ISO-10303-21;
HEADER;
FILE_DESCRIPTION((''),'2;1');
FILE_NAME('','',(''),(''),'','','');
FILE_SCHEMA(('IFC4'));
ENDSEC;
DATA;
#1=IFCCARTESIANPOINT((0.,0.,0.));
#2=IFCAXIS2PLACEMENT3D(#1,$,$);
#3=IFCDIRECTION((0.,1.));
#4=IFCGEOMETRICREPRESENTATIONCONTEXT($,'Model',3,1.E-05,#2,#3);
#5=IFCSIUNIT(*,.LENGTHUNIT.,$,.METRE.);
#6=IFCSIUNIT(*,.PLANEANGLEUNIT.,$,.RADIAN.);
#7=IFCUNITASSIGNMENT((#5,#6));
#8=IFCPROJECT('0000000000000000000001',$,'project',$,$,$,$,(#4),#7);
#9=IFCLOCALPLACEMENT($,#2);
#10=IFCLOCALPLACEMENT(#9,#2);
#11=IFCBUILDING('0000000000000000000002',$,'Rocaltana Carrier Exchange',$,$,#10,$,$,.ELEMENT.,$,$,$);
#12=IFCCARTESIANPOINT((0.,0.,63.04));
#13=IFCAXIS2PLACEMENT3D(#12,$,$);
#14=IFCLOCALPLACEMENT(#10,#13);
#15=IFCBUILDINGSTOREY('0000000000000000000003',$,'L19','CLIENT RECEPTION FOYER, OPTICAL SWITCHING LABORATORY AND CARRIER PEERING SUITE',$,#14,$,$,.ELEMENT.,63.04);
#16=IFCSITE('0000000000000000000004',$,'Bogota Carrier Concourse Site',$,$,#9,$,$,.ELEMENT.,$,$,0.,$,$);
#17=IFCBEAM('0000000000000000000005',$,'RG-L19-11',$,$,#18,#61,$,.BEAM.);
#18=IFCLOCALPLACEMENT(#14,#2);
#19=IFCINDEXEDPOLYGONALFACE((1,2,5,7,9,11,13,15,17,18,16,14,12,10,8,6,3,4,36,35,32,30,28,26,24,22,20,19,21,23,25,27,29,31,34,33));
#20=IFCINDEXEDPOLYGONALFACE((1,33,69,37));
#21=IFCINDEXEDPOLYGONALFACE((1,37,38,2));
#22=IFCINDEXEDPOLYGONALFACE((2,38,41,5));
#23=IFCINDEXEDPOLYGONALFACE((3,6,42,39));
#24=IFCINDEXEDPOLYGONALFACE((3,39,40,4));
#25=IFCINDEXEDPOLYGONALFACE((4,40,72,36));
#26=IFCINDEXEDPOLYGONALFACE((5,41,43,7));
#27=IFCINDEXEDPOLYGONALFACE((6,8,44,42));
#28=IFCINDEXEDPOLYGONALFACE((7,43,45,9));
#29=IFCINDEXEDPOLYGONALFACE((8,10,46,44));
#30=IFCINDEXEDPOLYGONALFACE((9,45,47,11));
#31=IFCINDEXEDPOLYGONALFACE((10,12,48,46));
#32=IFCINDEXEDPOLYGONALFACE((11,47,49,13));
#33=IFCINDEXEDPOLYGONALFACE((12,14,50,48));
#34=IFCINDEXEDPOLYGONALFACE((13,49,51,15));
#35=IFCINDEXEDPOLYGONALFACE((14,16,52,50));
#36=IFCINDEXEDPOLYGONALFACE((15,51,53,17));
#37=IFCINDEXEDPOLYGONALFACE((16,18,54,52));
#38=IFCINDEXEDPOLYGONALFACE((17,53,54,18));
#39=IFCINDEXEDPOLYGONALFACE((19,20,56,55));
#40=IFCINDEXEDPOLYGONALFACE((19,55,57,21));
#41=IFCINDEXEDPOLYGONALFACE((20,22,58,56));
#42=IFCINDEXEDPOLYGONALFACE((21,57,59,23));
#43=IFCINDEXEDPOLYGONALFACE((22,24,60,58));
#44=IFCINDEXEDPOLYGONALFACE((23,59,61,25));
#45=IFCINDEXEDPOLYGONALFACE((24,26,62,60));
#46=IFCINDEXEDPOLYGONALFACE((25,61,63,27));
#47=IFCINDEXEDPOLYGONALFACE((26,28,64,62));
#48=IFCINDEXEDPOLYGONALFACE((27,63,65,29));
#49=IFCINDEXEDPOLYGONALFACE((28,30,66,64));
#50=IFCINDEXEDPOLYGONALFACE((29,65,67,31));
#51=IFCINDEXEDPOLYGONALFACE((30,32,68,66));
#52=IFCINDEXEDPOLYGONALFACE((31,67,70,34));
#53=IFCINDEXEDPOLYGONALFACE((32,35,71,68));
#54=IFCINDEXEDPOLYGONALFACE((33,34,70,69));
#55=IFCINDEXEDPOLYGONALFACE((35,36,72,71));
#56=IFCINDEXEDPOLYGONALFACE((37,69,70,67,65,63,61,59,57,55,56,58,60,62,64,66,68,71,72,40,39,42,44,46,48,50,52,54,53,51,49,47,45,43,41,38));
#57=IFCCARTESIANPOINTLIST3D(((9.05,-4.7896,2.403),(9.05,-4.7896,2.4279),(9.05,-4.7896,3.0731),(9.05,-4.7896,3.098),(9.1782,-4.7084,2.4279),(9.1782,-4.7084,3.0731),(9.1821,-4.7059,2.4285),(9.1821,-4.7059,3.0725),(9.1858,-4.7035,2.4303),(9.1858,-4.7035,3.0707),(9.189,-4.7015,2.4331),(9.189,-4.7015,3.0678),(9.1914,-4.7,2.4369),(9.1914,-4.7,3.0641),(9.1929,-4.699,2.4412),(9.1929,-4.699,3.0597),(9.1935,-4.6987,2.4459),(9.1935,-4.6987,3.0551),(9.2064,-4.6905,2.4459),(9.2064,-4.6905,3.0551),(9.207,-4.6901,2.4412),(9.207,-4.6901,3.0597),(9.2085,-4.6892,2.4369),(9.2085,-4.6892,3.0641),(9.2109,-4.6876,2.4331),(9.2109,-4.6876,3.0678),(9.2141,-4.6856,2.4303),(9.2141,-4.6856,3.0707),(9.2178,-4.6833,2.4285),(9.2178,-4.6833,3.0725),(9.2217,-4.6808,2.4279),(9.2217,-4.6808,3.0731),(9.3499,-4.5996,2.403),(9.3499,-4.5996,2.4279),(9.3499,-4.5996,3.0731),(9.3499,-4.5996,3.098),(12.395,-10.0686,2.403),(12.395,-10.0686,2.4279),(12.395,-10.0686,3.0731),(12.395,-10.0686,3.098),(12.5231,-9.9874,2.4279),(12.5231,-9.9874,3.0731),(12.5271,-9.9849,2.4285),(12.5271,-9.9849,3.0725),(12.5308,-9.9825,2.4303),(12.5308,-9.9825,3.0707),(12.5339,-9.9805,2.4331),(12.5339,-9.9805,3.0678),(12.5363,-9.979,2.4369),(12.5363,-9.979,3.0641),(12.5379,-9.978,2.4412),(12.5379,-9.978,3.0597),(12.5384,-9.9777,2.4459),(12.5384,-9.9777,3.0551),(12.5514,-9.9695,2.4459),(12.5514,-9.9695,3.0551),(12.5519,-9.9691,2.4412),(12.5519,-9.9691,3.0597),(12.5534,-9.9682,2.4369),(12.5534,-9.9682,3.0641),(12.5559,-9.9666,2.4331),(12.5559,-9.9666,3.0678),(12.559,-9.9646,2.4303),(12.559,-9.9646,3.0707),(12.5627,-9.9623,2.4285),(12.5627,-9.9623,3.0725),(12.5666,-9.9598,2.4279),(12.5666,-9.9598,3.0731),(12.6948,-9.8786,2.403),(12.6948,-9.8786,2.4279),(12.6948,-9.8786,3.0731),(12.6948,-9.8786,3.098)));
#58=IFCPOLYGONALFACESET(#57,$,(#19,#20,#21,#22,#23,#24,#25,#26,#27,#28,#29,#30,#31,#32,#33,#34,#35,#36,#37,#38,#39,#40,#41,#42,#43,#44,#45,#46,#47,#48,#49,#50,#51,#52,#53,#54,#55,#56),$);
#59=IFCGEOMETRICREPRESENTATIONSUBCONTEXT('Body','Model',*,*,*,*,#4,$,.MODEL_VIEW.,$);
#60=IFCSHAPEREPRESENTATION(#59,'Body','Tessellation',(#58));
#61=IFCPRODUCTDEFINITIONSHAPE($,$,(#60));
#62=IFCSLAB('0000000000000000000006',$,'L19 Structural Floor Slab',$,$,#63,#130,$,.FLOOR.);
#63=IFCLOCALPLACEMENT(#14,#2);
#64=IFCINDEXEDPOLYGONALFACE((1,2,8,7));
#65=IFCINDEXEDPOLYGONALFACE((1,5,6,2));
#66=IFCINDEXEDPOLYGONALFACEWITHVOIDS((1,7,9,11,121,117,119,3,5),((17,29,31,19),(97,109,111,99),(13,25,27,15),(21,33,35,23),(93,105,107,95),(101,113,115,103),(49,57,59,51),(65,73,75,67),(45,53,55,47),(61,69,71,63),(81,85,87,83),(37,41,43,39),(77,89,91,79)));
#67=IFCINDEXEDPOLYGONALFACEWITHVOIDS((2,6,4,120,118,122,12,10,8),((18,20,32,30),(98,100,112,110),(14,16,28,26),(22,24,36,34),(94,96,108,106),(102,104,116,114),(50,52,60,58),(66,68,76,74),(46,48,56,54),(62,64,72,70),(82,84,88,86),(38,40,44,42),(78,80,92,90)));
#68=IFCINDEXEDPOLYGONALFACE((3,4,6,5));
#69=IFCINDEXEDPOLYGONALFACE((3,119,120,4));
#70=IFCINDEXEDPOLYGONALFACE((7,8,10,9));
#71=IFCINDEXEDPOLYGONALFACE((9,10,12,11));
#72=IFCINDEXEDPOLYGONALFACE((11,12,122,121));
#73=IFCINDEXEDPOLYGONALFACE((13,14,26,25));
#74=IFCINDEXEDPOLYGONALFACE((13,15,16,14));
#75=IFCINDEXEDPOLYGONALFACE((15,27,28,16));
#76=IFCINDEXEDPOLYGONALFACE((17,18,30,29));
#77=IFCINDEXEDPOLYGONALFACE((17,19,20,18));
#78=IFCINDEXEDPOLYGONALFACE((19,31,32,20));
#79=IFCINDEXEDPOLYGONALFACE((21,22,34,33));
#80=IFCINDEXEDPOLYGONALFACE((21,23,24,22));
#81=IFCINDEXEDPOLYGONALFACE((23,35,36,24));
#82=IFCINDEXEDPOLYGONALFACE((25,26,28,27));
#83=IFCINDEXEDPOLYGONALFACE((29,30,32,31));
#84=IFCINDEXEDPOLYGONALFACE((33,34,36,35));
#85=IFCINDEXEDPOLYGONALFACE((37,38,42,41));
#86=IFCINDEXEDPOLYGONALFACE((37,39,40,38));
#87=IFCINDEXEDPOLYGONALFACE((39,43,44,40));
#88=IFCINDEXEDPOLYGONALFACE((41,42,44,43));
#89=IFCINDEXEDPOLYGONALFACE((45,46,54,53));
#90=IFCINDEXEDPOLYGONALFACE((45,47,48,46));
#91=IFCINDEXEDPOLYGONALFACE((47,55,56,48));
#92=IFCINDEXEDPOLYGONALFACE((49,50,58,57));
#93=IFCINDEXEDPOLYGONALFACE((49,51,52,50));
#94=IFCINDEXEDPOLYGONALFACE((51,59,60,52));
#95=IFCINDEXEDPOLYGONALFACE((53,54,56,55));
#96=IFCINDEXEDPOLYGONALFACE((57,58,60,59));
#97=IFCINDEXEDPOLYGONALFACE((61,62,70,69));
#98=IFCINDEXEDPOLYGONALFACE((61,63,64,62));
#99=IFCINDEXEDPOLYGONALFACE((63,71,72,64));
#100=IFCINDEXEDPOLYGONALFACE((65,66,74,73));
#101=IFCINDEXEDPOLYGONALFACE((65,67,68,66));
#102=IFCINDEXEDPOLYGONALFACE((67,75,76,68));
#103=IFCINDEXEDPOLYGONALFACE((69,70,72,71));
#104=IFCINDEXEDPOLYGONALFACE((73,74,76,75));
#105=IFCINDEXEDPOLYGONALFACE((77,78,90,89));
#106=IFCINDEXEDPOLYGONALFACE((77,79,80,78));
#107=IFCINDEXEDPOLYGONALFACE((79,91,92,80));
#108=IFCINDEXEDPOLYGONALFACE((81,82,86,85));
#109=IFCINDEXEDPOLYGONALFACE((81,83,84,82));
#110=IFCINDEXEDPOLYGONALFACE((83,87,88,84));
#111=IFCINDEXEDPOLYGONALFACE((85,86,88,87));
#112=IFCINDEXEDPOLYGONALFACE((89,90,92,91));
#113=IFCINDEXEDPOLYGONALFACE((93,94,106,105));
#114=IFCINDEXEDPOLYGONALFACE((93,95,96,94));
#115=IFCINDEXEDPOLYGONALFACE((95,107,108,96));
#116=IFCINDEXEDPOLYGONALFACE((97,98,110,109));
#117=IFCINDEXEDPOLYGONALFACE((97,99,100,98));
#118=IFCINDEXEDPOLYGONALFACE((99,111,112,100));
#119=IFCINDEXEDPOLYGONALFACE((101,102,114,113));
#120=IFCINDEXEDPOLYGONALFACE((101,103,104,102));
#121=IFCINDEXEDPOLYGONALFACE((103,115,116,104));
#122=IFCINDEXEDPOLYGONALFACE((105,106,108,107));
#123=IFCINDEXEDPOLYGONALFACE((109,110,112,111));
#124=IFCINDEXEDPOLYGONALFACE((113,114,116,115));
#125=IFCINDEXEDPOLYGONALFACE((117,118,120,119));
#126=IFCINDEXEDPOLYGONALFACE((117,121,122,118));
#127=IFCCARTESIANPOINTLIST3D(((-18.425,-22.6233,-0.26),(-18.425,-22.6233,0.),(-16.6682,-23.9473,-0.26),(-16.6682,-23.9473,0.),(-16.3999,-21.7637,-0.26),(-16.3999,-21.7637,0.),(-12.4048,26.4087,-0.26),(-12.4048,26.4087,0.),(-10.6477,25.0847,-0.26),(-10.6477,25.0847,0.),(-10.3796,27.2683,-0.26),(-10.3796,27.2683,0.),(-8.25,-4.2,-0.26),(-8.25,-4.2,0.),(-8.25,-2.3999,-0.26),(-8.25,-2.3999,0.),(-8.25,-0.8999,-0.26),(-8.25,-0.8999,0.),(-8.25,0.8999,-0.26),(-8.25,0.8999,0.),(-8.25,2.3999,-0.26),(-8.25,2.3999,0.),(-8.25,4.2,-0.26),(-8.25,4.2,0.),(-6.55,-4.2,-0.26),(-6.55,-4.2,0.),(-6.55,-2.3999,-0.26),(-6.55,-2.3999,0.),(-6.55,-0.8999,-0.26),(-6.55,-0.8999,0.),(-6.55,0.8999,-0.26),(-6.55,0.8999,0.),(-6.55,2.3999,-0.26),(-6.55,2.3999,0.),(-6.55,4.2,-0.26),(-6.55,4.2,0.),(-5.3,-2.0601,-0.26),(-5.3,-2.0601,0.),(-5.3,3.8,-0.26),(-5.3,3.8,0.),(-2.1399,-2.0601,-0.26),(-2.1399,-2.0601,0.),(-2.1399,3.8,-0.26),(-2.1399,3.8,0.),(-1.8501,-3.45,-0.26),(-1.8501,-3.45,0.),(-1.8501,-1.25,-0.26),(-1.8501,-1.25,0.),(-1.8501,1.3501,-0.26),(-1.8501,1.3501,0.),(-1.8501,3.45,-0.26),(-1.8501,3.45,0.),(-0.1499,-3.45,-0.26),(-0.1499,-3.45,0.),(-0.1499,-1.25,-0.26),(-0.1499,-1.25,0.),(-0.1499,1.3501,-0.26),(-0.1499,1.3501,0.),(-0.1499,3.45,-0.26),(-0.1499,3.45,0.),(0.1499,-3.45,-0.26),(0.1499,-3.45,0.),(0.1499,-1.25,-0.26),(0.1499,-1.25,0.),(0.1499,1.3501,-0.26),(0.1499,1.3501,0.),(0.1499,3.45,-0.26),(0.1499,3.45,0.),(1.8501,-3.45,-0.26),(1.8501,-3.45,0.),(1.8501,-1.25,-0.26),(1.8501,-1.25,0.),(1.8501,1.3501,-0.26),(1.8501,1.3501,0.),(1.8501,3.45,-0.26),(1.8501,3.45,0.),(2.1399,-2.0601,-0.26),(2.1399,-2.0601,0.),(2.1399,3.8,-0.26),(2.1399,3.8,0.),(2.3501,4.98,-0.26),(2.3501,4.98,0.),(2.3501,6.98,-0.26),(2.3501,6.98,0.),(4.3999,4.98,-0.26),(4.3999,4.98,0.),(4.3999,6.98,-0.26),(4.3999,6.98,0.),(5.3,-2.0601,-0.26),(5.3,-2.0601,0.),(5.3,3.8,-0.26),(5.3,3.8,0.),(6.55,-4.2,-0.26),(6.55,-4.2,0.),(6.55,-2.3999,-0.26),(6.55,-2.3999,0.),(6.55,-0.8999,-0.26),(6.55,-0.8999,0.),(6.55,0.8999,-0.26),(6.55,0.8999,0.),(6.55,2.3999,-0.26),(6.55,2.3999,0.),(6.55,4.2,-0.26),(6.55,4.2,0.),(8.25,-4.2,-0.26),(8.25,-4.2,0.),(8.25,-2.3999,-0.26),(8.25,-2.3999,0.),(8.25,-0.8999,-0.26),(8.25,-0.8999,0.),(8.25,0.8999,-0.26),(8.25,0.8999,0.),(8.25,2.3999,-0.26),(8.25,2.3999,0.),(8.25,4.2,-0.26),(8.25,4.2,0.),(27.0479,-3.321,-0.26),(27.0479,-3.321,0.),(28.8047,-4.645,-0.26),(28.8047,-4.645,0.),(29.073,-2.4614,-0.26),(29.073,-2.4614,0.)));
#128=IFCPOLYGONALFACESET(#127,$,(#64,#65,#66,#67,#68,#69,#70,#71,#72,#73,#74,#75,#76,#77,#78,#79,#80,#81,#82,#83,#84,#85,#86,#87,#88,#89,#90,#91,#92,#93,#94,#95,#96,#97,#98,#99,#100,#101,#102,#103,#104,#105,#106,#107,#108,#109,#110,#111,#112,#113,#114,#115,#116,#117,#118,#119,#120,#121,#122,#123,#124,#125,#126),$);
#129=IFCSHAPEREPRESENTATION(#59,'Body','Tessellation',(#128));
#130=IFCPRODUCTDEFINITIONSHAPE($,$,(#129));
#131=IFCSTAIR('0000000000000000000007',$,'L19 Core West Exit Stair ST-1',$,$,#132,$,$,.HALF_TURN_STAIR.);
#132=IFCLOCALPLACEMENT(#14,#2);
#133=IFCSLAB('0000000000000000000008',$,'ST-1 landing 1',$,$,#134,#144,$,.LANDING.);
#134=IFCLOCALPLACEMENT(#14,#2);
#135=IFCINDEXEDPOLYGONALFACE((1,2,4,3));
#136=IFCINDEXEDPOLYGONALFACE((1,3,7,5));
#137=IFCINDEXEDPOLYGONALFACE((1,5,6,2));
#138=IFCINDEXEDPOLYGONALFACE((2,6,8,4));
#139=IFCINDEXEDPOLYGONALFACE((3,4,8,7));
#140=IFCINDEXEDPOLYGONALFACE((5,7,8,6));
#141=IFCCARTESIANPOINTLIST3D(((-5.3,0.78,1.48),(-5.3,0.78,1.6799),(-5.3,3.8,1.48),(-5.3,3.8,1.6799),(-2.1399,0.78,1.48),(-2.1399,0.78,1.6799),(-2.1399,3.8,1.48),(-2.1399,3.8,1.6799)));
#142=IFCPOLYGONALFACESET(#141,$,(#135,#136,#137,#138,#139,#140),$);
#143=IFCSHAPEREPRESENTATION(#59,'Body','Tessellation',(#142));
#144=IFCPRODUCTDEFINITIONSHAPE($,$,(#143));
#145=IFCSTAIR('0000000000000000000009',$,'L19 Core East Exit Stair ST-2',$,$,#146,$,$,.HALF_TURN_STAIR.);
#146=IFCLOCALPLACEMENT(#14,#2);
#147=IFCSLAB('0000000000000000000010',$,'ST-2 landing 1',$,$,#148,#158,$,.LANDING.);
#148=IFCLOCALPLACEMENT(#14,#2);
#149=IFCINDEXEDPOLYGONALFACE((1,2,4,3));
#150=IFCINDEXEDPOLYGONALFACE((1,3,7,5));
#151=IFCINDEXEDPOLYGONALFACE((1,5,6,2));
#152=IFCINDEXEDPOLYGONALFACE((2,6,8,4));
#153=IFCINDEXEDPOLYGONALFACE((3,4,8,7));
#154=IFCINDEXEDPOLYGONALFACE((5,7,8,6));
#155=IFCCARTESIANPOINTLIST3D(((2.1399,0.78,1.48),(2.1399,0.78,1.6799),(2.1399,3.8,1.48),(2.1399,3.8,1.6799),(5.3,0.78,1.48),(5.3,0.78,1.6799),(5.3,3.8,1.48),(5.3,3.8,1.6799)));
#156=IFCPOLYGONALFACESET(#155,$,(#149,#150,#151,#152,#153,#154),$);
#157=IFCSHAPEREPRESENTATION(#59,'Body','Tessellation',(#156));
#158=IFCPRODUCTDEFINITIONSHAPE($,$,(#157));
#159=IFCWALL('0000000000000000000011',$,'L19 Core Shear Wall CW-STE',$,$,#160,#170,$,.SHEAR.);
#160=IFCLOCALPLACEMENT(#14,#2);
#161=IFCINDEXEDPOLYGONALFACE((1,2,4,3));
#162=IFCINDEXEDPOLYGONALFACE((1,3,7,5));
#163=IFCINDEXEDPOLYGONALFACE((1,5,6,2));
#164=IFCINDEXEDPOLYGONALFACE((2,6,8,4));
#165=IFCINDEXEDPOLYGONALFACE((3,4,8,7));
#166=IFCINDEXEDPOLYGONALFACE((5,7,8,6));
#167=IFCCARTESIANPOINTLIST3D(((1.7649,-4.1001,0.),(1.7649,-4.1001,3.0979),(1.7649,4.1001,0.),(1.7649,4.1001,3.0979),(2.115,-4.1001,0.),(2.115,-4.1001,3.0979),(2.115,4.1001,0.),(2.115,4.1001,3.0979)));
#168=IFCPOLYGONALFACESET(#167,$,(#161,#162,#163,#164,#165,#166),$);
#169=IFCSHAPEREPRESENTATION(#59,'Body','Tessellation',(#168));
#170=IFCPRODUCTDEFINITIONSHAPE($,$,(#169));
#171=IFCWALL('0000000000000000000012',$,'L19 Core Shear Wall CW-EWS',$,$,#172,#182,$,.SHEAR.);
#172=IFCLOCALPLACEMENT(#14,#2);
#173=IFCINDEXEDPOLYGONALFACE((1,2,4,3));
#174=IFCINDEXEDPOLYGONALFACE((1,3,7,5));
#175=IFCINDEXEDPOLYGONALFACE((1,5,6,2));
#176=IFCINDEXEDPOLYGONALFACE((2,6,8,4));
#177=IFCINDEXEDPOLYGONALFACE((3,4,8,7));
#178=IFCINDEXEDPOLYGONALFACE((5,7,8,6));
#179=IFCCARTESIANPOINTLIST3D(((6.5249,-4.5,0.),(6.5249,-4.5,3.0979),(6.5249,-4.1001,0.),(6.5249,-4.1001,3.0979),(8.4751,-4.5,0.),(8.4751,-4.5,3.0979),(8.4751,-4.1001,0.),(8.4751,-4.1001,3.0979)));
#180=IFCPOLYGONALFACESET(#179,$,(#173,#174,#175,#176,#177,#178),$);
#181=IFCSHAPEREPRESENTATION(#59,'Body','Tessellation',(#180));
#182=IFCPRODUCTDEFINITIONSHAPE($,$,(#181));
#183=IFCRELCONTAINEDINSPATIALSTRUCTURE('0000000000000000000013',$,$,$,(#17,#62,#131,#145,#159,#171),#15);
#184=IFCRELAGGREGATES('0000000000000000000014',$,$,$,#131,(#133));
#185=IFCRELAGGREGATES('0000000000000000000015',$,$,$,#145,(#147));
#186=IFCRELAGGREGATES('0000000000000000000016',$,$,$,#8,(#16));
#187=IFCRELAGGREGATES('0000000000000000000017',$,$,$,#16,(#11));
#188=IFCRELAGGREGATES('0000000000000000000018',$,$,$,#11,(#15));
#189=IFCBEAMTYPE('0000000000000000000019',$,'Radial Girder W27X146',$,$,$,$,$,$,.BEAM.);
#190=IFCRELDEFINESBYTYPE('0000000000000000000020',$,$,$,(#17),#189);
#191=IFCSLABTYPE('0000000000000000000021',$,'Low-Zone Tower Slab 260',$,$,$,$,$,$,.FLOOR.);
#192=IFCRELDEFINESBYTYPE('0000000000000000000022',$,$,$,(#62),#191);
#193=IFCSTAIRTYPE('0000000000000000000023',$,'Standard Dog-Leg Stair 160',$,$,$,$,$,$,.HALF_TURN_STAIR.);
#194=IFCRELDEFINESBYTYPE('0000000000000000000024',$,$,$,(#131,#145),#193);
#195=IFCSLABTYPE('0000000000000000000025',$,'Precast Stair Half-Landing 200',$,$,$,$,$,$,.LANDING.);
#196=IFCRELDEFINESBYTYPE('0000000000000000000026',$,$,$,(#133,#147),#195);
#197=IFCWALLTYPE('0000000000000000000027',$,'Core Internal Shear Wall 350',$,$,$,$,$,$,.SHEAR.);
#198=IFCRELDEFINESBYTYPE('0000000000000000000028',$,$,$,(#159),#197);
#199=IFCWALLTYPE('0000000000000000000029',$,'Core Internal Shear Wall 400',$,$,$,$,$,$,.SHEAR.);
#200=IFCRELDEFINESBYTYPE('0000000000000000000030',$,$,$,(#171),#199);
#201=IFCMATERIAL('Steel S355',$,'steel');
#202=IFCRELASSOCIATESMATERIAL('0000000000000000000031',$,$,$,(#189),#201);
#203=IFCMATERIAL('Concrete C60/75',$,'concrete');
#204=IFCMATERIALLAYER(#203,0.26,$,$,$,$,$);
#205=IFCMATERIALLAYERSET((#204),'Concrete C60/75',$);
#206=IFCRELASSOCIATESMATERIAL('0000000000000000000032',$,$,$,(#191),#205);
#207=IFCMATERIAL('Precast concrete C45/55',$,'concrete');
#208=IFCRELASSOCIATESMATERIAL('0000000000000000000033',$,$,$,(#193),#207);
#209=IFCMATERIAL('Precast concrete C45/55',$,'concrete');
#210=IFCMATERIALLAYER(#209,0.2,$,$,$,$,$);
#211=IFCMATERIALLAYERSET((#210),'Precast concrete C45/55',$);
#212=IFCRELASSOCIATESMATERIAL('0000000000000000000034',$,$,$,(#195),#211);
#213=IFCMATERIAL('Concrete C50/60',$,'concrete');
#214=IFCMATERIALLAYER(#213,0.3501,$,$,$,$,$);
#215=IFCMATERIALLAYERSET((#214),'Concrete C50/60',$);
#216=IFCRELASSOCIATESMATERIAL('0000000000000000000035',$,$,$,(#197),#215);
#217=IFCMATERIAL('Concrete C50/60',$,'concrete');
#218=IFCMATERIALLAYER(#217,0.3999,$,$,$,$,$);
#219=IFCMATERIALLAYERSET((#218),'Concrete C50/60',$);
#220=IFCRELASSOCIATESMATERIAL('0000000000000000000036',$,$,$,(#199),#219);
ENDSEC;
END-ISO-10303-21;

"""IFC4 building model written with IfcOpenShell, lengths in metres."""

from ifc_helpers import new_model, si_unit, direction, frame, frame_2d, origin, origin_2d, place, context, subcontext, project, spatial, polyline, rectangle, i_section, outline, extrude, material, layer, layer_set, material_profile, profile_set, type_object, element, aggregate, save


model = new_model("IFC4")

# Units and contexts
model_context = context("Model", 3, precision=1e-05, world=origin(), true_north=direction((0.0, 1.0)))
body_context = subcontext(model_context, "Body", "Model", "MODEL_VIEW")
ifc_project = project(units=[si_unit("LENGTHUNIT", "METRE"), si_unit("PLANEANGLEUNIT", "RADIAN")], contexts=[model_context])

# Site, building, storey
site_placement = place(None, origin())
site = spatial("IfcSite", under=ifc_project, at=site_placement, Name="Bogota Carrier Concourse Site", CompositionType="ELEMENT", RefElevation=0.0)
building_placement = place(site_placement, origin())
building = spatial("IfcBuilding", under=site, at=building_placement, Name="Rocaltana Carrier Exchange", CompositionType="ELEMENT")
storey_placement = place(building_placement, frame((0.0, 0.0, 63.04)))
storey = spatial("IfcBuildingStorey", under=building, at=storey_placement, Name="L19", Description="CLIENT RECEPTION FOYER, OPTICAL SWITCHING LABORATORY AND CARRIER PEERING SUITE", CompositionType="ELEMENT", Elevation=63.04)

# Beam
ifc_material_1 = material(Name="Steel S355", Category="steel")
ifc_material_profile_1 = material_profile(ifc_material_1, i_section(OverallWidth=0.355, OverallDepth=0.6951, WebThickness=0.0154, FlangeThickness=0.0249, FilletRadius=0.0181, at=origin_2d()), Name="W27X146")
ifc_profile_set_1 = profile_set([ifc_material_profile_1], Name="Steel S355")
beam_type = type_object("IfcBeamType", Name="Radial Girder W27X146", PredefinedType="BEAM", material=ifc_profile_set_1)
beam_placement = place(storey_placement, frame((9.2, -4.6946, 2.7505), z_axis=(0.535231, -0.844705, 0.0), x_axis=(0.844705, 0.535231, 0.0)))
element("IfcBeam", 1, at=beam_placement, inside=storey, type_object=beam_type, Name="RG-L19-11", PredefinedType="BEAM", context=body_context, shape_type="SweptSolid", body=[
    extrude(i_section(OverallWidth=0.355, OverallDepth=0.6951, WebThickness=0.0154, FlangeThickness=0.0249, FilletRadius=0.0181, at=origin_2d()), origin(), (0.0, 0.0, 1.0), 6.2495),
])

# Slab
ifc_material_2 = material(Name="Concrete C60/75", Category="concrete")
ifc_layer_1 = layer(ifc_material_2, 0.26)
ifc_layer_set_1 = layer_set([ifc_layer_1], Name="Concrete C60/75")
slab_type_1 = type_object("IfcSlabType", Name="Low-Zone Tower Slab 260", PredefinedType="FLOOR", material=ifc_layer_set_1)
slab_1_placement = place(storey_placement, frame((0.0, 0.0, -0.26)))
element("IfcSlab", 2, at=slab_1_placement, inside=storey, type_object=slab_type_1, Name="L19 Structural Floor Slab", PredefinedType="FLOOR", context=body_context, shape_type="SweptSolid", body=[
    extrude(outline(polyline([(28.8047, -4.645), (27.0479, -3.321), (29.073, -2.4614), (-10.3796, 27.2683), (-10.6477, 25.0847), (-12.4048, 26.4087), (-18.425, -22.6233), (-16.3999, -21.7637), (-16.6682, -23.9473), (28.8047, -4.645)]), holes=[polyline([(-5.3, -2.0601), (-2.1399, -2.0601), (-2.1399, 3.8), (-5.3, 3.8), (-5.3, -2.0601)]), polyline([(2.1399, -2.0601), (5.3, -2.0601), (5.3, 3.8), (2.1399, 3.8), (2.1399, -2.0601)]), polyline([(-1.8501, -3.45), (-0.1499, -3.45), (-0.1499, -1.25), (-1.8501, -1.25), (-1.8501, -3.45)]), polyline([(0.1499, -3.45), (1.8501, -3.45), (1.8501, -1.25), (0.1499, -1.25), (0.1499, -3.45)]), polyline([(2.3501, 4.98), (4.3999, 4.98), (4.3999, 6.98), (2.3501, 6.98), (2.3501, 4.98)]), polyline([(-1.8501, 1.3501), (-0.1499, 1.3501), (-0.1499, 3.45), (-1.8501, 3.45), (-1.8501, 1.3501)]), polyline([(0.1499, 1.3501), (1.8501, 1.3501), (1.8501, 3.45), (0.1499, 3.45), (0.1499, 1.3501)]), polyline([(-8.25, -4.2), (-6.55, -4.2), (-6.55, -2.3999), (-8.25, -2.3999), (-8.25, -4.2)]), polyline([(-8.25, -0.8999), (-6.55, -0.8999), (-6.55, 0.8999), (-8.25, 0.8999), (-8.25, -0.8999)]), polyline([(-8.25, 2.3999), (-6.55, 2.3999), (-6.55, 4.2), (-8.25, 4.2), (-8.25, 2.3999)]), polyline([(6.55, -4.2), (8.25, -4.2), (8.25, -2.3999), (6.55, -2.3999), (6.55, -4.2)]), polyline([(6.55, -0.8999), (8.25, -0.8999), (8.25, 0.8999), (6.55, 0.8999), (6.55, -0.8999)]), polyline([(6.55, 2.3999), (8.25, 2.3999), (8.25, 4.2), (6.55, 4.2), (6.55, 2.3999)])]), origin(), (0.0, 0.0, 1.0), 0.26),
])

# Stairs, slabs
ifc_material_3 = material(Name="Precast concrete C45/55", Category="concrete")
stair_type = type_object("IfcStairType", Name="Standard Dog-Leg Stair 160", PredefinedType="HALF_TURN_STAIR", material=ifc_material_3)
stair_1_placement = place(storey_placement, origin())
stair_1 = element("IfcStair", 3, at=stair_1_placement, inside=storey, type_object=stair_type, Name="L19 Core West Exit Stair ST-1", PredefinedType="HALF_TURN_STAIR")
ifc_material_4 = material(Name="Precast concrete C45/55", Category="concrete")
ifc_layer_2 = layer(ifc_material_4, 0.2)
ifc_layer_set_2 = layer_set([ifc_layer_2], Name="Precast concrete C45/55")
slab_type_2 = type_object("IfcSlabType", Name="Precast Stair Half-Landing 200", PredefinedType="LANDING", material=ifc_layer_set_2)
slab_2_placement = place(storey_placement, frame((0.0, 0.0, 1.48)))
slab_2 = element("IfcSlab", 4, at=slab_2_placement, type_object=slab_type_2, Name="ST-1 landing 1", PredefinedType="LANDING", context=body_context, shape_type="SweptSolid", body=[
    extrude(outline(polyline([(-2.1399, 0.78), (-2.1399, 3.8), (-5.3, 3.8), (-5.3, 0.78), (-2.1399, 0.78)])), origin(), (0.0, 0.0, 1.0), 0.2),
])
aggregate(stair_1, [slab_2])
stair_2_placement = place(storey_placement, origin())
stair_2 = element("IfcStair", 5, at=stair_2_placement, inside=storey, type_object=stair_type, Name="L19 Core East Exit Stair ST-2", PredefinedType="HALF_TURN_STAIR")
slab_3_placement = place(storey_placement, frame((0.0, 0.0, 1.48)))
slab_3 = element("IfcSlab", 6, at=slab_3_placement, type_object=slab_type_2, Name="ST-2 landing 1", PredefinedType="LANDING", context=body_context, shape_type="SweptSolid", body=[
    extrude(outline(polyline([(5.3, 0.78), (5.3, 3.8), (2.1399, 3.8), (2.1399, 0.78), (5.3, 0.78)])), origin(), (0.0, 0.0, 1.0), 0.2),
])

# Walls
ifc_material_5 = material(Name="Concrete C50/60", Category="concrete")
ifc_layer_3 = layer(ifc_material_5, 0.3501)
ifc_layer_set_3 = layer_set([ifc_layer_3], Name="Concrete C50/60")
wall_type_1 = type_object("IfcWallType", Name="Core Internal Shear Wall 350", PredefinedType="SHEAR", material=ifc_layer_set_3)
wall_1_placement = place(storey_placement, frame((1.9399, -4.1001, 0.0), z_axis=(0.0, 0.0, 1.0), x_axis=(0.0, 1.0, 0.0)))
element("IfcWall", 7, at=wall_1_placement, inside=storey, type_object=wall_type_1, Name="L19 Core Shear Wall CW-STE", PredefinedType="SHEAR", context=body_context, shape_type="SweptSolid", body=[
    extrude(rectangle(XDim=8.2002, YDim=0.3501, at=frame_2d((4.1001, 0.0))), origin(), (0.0, 0.0, 1.0), 3.0979),
])
ifc_material_6 = material(Name="Concrete C50/60", Category="concrete")
ifc_layer_4 = layer(ifc_material_6, 0.3999)
ifc_layer_set_4 = layer_set([ifc_layer_4], Name="Concrete C50/60")
wall_type_2 = type_object("IfcWallType", Name="Core Internal Shear Wall 400", PredefinedType="SHEAR", material=ifc_layer_set_4)
wall_2_placement = place(storey_placement, frame((6.5249, -4.3, 0.0), z_axis=(0.0, 0.0, 1.0), x_axis=(1.0, 0.0, 0.0)))
element("IfcWall", 8, at=wall_2_placement, inside=storey, type_object=wall_type_2, Name="L19 Core Shear Wall CW-EWS", PredefinedType="SHEAR", context=body_context, shape_type="SweptSolid", body=[
    extrude(rectangle(XDim=1.9502, YDim=0.3999, at=frame_2d((0.9751, 0.0))), origin(), (0.0, 0.0, 1.0), 3.0979),
])

aggregate(stair_2, [slab_3])

save(model, "model.ifc")
